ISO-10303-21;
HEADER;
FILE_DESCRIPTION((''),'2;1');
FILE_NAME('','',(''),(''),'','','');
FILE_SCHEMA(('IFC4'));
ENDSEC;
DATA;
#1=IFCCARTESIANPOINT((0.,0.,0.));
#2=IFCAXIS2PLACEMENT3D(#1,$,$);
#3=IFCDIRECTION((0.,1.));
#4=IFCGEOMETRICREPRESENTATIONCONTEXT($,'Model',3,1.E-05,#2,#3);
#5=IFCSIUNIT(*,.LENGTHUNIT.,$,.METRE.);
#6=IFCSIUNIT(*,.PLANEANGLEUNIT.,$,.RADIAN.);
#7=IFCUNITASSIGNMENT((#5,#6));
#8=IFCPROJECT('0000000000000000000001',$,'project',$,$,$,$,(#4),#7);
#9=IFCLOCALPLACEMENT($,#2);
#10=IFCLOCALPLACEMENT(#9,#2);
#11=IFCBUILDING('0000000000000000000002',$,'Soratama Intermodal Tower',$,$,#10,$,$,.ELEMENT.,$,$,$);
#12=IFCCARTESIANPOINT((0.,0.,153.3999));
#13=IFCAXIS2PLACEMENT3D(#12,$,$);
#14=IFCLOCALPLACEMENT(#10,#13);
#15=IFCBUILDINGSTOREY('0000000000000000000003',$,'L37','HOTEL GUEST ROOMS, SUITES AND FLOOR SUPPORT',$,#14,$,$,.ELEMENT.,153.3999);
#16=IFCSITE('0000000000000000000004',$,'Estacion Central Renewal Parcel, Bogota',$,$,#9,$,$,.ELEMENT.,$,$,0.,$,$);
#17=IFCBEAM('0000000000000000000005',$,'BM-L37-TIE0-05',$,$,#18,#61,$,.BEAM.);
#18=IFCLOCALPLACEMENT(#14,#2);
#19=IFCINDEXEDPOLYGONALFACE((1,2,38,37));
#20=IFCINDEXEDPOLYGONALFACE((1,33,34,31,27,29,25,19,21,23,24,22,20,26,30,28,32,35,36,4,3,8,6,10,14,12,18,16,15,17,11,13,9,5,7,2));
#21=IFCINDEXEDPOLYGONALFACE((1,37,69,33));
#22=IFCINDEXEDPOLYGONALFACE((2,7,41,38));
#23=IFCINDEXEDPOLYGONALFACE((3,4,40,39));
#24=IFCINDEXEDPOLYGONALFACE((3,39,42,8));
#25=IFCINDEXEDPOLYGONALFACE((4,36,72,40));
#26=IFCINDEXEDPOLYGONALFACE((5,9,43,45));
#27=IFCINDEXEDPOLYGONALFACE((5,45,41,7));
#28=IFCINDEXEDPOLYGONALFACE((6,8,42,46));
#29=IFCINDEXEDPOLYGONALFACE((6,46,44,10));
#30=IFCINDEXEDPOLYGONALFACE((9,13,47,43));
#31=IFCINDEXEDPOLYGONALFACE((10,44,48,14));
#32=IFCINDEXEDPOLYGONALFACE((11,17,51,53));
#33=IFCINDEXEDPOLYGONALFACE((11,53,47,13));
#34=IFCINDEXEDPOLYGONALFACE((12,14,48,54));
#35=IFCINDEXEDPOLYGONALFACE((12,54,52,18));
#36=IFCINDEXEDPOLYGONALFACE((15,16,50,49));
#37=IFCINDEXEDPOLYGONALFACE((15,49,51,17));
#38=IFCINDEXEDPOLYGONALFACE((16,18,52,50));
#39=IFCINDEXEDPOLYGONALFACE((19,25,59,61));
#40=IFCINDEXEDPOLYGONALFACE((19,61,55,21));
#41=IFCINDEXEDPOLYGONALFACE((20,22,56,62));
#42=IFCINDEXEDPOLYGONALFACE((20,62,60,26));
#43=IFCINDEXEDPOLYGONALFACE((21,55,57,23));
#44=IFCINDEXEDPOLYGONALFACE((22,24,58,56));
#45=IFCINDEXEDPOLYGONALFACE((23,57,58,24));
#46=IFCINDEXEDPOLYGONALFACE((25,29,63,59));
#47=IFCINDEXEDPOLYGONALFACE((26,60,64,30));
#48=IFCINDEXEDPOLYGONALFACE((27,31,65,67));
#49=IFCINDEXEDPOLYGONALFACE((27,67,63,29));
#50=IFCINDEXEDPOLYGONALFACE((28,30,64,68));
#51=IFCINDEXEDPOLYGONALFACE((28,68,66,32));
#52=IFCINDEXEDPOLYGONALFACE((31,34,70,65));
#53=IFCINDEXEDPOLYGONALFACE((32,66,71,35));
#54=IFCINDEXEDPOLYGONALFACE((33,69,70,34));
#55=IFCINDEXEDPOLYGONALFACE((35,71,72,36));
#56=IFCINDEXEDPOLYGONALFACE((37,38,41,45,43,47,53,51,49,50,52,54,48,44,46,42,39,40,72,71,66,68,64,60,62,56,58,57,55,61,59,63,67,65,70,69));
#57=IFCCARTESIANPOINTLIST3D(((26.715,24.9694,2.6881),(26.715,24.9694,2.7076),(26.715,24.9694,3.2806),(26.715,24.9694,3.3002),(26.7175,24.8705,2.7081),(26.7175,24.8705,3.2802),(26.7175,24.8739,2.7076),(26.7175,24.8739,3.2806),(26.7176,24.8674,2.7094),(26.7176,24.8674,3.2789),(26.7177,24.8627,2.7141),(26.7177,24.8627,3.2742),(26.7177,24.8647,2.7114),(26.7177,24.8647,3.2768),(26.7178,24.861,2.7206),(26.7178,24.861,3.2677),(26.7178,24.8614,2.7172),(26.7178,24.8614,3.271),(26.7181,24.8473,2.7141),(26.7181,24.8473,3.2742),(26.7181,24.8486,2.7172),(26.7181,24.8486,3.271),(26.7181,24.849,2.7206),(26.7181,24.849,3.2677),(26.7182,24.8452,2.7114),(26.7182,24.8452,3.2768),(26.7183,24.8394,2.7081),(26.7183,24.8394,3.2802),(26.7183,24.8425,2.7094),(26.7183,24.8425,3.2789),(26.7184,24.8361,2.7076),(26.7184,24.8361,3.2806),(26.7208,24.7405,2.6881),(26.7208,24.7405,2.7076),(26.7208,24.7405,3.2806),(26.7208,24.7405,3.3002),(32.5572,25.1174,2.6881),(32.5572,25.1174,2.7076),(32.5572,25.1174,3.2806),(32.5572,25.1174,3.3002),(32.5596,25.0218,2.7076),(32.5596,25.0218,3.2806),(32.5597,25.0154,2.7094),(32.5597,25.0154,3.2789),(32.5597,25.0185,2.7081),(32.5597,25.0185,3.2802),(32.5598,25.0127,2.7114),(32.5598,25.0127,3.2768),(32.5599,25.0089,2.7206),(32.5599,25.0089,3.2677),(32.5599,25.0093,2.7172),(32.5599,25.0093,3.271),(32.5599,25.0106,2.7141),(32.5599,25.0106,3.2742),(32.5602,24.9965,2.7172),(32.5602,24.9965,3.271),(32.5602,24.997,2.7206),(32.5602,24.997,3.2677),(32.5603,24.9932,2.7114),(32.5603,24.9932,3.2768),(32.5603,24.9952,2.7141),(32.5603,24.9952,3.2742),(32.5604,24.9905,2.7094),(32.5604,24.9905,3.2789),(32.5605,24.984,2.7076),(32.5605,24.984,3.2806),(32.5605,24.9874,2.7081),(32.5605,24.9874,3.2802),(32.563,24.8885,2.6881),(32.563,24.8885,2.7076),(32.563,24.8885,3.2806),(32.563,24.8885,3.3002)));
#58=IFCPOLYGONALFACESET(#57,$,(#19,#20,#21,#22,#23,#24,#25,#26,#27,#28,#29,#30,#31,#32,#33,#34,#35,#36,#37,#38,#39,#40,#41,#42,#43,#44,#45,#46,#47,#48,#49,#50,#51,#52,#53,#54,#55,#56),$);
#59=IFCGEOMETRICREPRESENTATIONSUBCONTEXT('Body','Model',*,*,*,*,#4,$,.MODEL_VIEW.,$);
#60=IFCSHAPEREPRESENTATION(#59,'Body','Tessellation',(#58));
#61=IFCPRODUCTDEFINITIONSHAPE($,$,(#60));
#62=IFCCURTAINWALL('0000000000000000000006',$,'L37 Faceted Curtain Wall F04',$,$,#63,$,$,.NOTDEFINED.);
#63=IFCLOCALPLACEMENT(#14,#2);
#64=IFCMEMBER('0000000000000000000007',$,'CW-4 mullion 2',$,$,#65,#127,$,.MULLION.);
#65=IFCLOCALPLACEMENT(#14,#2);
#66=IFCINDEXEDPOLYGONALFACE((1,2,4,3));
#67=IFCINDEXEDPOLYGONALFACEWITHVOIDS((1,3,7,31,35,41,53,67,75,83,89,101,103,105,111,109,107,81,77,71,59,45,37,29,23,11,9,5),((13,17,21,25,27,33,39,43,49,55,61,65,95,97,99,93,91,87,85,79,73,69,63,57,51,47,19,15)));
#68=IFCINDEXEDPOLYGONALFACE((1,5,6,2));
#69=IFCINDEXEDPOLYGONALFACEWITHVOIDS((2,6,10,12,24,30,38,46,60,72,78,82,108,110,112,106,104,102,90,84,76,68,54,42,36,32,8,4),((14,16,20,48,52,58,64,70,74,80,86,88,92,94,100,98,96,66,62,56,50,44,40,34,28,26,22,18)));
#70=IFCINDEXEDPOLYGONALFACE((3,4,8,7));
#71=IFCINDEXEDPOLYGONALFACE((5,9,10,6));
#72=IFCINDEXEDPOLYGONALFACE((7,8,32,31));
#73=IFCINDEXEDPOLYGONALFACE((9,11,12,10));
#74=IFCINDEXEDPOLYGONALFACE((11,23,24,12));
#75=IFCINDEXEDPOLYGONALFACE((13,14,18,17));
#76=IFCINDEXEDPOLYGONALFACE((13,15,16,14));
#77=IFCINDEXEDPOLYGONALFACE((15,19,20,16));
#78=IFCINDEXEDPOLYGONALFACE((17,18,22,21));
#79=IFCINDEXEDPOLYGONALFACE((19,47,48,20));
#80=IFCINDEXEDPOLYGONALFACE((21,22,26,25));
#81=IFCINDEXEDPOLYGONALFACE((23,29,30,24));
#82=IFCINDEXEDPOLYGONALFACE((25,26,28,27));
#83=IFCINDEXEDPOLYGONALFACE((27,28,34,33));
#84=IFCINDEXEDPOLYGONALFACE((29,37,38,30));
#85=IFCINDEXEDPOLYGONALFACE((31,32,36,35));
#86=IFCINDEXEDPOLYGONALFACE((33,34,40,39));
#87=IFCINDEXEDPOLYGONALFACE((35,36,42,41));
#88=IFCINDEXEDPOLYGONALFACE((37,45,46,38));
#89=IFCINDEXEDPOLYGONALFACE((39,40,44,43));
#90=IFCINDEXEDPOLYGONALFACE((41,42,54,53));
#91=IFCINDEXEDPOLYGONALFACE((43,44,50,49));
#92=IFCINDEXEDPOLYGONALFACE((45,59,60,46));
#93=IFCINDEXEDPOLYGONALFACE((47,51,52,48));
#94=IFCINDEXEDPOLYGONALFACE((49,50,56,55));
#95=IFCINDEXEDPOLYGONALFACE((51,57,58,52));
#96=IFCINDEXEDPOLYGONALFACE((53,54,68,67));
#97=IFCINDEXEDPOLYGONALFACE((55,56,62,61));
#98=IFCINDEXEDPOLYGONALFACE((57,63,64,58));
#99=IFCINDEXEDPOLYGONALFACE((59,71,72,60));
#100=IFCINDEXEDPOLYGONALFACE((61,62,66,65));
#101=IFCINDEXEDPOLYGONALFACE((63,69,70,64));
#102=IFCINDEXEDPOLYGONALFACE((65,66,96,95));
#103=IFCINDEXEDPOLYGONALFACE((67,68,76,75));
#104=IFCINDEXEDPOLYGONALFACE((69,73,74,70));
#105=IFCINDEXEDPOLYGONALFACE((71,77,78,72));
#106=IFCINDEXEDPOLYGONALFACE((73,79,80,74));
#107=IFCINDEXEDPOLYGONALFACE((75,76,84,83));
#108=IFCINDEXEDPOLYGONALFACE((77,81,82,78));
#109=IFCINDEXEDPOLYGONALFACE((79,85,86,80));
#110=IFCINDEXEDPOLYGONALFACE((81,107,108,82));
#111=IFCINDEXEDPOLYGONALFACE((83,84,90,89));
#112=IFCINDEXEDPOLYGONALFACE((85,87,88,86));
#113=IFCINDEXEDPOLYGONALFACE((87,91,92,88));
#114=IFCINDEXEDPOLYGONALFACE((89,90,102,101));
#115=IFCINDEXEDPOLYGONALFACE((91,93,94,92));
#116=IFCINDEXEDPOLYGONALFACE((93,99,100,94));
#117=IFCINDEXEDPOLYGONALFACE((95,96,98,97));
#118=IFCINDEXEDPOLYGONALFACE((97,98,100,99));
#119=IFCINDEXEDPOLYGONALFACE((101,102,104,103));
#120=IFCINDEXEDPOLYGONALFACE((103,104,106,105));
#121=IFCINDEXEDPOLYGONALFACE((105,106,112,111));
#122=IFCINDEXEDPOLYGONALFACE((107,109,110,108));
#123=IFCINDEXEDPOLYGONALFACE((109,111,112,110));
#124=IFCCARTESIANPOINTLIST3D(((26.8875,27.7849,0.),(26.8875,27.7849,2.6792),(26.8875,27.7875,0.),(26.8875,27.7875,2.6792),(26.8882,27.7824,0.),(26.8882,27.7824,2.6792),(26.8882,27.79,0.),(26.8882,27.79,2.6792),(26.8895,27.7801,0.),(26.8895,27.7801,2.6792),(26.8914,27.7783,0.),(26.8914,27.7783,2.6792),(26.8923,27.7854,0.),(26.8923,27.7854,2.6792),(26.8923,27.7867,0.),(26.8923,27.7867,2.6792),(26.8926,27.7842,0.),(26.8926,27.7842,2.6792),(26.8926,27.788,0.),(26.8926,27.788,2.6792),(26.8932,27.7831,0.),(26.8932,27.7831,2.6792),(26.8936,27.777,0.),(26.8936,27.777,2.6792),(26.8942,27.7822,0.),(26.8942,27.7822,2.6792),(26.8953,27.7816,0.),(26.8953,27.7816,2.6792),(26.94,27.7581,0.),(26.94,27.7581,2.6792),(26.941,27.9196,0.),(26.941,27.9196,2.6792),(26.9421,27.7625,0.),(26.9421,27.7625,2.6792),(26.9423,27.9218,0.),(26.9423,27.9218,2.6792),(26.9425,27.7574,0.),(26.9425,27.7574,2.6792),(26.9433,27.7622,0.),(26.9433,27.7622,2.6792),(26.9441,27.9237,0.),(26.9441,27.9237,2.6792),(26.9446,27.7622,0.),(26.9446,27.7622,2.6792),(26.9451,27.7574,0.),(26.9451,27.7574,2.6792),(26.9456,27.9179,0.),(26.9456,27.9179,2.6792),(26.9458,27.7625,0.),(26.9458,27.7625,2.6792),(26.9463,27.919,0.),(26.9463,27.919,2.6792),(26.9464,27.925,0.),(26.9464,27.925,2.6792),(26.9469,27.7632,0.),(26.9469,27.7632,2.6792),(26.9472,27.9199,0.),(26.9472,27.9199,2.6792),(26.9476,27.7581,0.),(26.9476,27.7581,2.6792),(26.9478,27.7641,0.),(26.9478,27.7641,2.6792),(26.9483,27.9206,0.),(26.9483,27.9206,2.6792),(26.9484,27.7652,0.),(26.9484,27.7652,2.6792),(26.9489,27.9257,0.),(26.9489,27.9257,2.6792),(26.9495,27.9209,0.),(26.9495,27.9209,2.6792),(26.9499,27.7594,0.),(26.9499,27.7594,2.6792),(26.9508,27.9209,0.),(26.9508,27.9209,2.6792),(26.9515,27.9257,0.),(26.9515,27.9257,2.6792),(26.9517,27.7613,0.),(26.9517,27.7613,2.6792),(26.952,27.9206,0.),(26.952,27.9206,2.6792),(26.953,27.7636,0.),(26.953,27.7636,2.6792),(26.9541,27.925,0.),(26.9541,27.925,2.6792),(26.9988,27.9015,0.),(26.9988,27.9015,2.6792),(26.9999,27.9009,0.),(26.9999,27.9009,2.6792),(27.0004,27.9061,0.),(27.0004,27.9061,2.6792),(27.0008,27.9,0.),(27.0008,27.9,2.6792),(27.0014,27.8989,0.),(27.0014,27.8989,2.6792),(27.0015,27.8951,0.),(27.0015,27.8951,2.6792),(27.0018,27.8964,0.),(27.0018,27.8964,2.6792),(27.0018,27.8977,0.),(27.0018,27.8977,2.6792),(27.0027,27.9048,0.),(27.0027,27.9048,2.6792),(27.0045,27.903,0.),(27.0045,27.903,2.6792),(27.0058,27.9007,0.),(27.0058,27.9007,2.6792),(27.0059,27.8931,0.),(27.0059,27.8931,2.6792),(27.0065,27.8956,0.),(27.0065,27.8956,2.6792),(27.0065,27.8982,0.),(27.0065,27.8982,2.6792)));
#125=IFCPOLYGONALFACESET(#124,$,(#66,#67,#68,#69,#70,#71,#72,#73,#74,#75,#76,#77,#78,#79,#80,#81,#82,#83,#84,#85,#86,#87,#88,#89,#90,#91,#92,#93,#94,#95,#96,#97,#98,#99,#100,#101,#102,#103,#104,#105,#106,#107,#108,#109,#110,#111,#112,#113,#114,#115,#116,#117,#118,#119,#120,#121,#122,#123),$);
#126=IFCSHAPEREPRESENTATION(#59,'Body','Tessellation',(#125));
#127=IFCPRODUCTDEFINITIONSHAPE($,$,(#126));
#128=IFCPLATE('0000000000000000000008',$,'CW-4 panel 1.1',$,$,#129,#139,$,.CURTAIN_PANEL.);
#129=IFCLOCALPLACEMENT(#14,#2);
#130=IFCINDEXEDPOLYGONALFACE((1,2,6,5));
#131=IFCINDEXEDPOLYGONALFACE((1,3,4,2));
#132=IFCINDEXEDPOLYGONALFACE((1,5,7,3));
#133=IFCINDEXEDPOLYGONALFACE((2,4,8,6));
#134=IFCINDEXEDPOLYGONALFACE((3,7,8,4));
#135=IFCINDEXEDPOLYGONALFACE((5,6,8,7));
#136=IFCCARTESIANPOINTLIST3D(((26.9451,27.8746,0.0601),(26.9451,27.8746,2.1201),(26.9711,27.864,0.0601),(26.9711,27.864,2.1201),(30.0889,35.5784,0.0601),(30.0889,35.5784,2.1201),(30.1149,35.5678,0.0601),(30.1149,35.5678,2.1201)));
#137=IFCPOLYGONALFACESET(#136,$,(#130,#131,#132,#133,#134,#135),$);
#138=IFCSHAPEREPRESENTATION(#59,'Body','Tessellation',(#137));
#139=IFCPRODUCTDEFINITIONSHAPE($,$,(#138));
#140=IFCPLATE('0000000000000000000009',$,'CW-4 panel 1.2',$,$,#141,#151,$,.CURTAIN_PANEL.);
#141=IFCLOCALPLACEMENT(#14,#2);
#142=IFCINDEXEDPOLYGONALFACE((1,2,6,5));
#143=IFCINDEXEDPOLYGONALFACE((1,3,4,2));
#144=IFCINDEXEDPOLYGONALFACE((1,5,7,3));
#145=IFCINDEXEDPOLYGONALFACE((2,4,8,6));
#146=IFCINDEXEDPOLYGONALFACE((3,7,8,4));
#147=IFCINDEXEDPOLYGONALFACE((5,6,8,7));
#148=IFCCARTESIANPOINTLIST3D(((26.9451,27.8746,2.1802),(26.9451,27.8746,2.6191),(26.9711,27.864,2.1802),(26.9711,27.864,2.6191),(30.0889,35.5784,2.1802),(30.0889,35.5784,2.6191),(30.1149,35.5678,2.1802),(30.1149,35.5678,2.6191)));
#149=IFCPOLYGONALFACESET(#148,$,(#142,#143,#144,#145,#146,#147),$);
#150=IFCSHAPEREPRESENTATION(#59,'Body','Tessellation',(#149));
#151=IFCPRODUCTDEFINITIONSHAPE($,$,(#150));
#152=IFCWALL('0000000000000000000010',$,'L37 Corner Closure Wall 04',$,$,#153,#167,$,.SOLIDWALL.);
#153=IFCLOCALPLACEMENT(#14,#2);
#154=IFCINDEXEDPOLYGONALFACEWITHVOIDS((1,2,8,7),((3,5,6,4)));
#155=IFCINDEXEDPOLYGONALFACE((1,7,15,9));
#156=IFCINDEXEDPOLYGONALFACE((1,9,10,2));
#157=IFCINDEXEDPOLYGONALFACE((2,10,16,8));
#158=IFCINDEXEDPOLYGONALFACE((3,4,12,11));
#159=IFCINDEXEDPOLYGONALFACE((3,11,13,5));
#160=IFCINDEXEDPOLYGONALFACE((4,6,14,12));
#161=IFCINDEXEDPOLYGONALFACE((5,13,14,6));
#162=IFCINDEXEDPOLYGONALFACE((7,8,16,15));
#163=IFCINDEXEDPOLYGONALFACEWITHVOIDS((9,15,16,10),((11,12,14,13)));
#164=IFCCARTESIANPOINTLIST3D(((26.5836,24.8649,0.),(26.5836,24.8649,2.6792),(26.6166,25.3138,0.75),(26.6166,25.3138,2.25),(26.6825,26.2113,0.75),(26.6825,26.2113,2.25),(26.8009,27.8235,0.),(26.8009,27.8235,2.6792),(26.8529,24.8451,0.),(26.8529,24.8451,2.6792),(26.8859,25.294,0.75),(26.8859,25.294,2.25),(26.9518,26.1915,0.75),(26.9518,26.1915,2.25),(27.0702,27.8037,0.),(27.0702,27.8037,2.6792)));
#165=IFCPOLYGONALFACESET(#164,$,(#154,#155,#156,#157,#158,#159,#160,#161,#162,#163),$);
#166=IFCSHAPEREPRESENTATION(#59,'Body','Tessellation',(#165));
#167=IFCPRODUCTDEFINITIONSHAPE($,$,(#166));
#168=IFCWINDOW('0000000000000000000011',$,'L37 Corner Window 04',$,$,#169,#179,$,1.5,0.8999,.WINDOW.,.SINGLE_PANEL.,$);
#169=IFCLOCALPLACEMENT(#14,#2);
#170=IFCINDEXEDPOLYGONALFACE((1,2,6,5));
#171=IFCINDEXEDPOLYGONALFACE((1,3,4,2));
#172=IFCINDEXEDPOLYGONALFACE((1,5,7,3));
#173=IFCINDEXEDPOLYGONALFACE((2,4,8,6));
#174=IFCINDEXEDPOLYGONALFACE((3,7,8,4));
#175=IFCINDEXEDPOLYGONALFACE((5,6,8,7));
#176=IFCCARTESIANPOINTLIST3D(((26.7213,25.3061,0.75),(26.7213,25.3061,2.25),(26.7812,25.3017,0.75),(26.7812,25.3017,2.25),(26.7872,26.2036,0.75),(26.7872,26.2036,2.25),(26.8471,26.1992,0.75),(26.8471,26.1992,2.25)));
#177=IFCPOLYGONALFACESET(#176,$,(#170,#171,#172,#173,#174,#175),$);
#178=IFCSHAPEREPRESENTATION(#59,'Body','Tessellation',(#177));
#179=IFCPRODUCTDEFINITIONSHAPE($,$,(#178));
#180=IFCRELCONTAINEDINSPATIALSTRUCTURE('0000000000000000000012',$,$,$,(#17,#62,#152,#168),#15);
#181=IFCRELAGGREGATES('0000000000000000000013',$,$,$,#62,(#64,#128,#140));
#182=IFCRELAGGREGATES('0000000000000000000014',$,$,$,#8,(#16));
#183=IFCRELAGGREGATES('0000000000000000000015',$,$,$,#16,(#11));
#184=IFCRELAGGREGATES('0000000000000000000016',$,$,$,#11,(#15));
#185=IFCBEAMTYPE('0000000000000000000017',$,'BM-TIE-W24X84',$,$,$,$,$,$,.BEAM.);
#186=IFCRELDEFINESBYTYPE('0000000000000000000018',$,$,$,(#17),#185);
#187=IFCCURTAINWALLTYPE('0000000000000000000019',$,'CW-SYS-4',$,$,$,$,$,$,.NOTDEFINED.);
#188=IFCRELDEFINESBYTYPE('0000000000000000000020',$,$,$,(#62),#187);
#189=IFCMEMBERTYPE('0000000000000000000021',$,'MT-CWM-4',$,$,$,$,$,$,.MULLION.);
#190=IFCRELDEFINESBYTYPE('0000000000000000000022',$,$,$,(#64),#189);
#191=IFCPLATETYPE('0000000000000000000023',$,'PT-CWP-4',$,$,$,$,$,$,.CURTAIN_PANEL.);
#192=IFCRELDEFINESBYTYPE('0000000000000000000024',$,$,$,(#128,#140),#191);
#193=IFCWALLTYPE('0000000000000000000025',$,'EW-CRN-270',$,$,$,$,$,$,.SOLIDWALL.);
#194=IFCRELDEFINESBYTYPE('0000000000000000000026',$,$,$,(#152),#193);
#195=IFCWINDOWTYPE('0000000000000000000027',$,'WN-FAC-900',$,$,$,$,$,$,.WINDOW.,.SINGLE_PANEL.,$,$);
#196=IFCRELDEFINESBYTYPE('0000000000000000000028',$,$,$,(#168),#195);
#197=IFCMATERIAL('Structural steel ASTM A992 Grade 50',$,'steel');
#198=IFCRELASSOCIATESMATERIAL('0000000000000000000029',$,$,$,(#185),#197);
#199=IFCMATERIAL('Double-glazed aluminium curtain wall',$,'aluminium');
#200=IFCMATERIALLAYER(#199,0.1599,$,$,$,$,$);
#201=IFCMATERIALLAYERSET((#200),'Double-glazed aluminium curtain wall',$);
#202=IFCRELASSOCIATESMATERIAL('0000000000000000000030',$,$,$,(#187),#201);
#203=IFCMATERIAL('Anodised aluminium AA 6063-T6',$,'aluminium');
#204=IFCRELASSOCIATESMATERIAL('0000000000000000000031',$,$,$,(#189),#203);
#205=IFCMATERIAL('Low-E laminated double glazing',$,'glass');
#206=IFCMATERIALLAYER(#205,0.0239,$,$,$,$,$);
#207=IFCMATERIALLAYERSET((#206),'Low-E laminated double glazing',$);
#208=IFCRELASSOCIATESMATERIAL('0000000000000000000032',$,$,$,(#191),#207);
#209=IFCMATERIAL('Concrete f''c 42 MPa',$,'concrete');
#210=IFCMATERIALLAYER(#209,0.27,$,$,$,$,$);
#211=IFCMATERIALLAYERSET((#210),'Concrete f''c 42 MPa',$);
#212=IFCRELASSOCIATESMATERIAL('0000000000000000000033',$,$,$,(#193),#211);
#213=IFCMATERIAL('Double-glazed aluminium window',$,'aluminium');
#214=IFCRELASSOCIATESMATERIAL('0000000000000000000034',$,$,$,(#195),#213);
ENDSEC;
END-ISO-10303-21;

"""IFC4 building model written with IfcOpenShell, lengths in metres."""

from ifc_helpers import new_model, si_unit, direction, frame, frame_2d, origin, origin_2d, place, context, subcontext, project, spatial, rectangle, hollow_rectangle, i_section, extrude, material, layer, layer_set, material_profile, profile_set, type_object, element, fill, aggregate, save


model = new_model("IFC4")

# Units and contexts
model_context = context("Model", 3, precision=1e-05, world=origin(), true_north=direction((0.0, 1.0)))
body_context = subcontext(model_context, "Body", "Model", "MODEL_VIEW")
ifc_project = project(units=[si_unit("LENGTHUNIT", "METRE"), si_unit("PLANEANGLEUNIT", "RADIAN")], contexts=[model_context])

# Site, building, storey
site_placement = place(None, origin())
site = spatial("IfcSite", under=ifc_project, at=site_placement, Name="Estacion Central Renewal Parcel, Bogota", CompositionType="ELEMENT", RefElevation=0.0)
building_placement = place(site_placement, origin())
building = spatial("IfcBuilding", under=site, at=building_placement, Name="Soratama Intermodal Tower", CompositionType="ELEMENT")
storey_placement = place(building_placement, frame((0.0, 0.0, 153.3999)))
storey = spatial("IfcBuildingStorey", under=building, at=storey_placement, Name="L37", Description="HOTEL GUEST ROOMS, SUITES AND FLOOR SUPPORT", CompositionType="ELEMENT", Elevation=153.3999)

# Beam
ifc_material_1 = material(Name="Structural steel ASTM A992 Grade 50", Category="steel")
ifc_material_profile_1 = material_profile(ifc_material_1, i_section(OverallWidth=0.229, OverallDepth=0.6121, WebThickness=0.012, FlangeThickness=0.0195, FilletRadius=0.0129, at=origin_2d()), Name="W24X84")
ifc_profile_set_1 = profile_set([ifc_material_profile_1], Name="Structural steel ASTM A992 Grade 50")
beam_type_1 = type_object("IfcBeamType", Name="BM-TIE-W24X84", PredefinedType="BEAM", material=ifc_profile_set_1)
beam_1_placement = place(storey_placement, frame((32.5601, 25.0029, 2.9941), z_axis=(-0.999679, -0.025317, 0.0), x_axis=(0.025317, -0.999679, 0.0)))
element("IfcBeam", 1, at=beam_1_placement, inside=storey, type_object=beam_type_1, Name="BM-L37-TIE0-05", PredefinedType="BEAM", context=body_context, shape_type="SweptSolid", body=[
    extrude(i_section(OverallWidth=0.229, OverallDepth=0.6121, WebThickness=0.012, FlangeThickness=0.0195, FilletRadius=0.0129, at=origin_2d()), origin(), (0.0, 0.0, 1.0), 5.844),
])

# Curtain wall, member, plates
ifc_material_2 = material(Name="Double-glazed aluminium curtain wall", Category="aluminium")
ifc_layer_1 = layer(ifc_material_2, 0.1599)
ifc_layer_set_1 = layer_set([ifc_layer_1], Name="Double-glazed aluminium curtain wall")
curtain_wall_type = type_object("IfcCurtainWallType", Name="CW-SYS-4", PredefinedType="NOTDEFINED", material=ifc_layer_set_1)
curtain_wall_placement = place(storey_placement, origin())
curtain_wall = element("IfcCurtainWall", 2, at=curtain_wall_placement, inside=storey, type_object=curtain_wall_type, Name="L37 Faceted Curtain Wall F04", PredefinedType="NOTDEFINED")
ifc_material_3 = material(Name="Anodised aluminium AA 6063-T6", Category="aluminium")
ifc_material_profile_2 = material_profile(ifc_material_3, hollow_rectangle(XDim=0.0701, YDim=0.1599, WallThickness=0.0049, InnerFilletRadius=0.0049, OuterFilletRadius=0.01, at=origin_2d()), Name="CWM160X70X5")
ifc_profile_set_2 = profile_set([ifc_material_profile_2], Name="Anodised aluminium AA 6063-T6")
member_type = type_object("IfcMemberType", Name="MT-CWM-4", PredefinedType="MULLION", material=ifc_profile_set_2)
member_placement = place(storey_placement, frame((26.947, 27.8416, 0.0), z_axis=(0.0, 0.0, 1.0), x_axis=(0.925873, -0.377835, 0.0)))
member = element("IfcMember", 3, at=member_placement, type_object=member_type, Name="CW-4 mullion 2", PredefinedType="MULLION", context=body_context, shape_type="SweptSolid", body=[
    extrude(hollow_rectangle(XDim=0.0701, YDim=0.1599, WallThickness=0.0049, InnerFilletRadius=0.0049, OuterFilletRadius=0.01, at=origin_2d()), origin(), (0.0, 0.0, 1.0), 2.6792),
])
ifc_material_4 = material(Name="Low-E laminated double glazing", Category="glass")
ifc_layer_2 = layer(ifc_material_4, 0.0239)
ifc_layer_set_2 = layer_set([ifc_layer_2], Name="Low-E laminated double glazing")
plate_type = type_object("IfcPlateType", Name="PT-CWP-4", PredefinedType="CURTAIN_PANEL", material=ifc_layer_set_2)
plate_1_placement = place(storey_placement, frame((28.53, 31.7212, 0.0601), z_axis=(0.0, 0.0, 1.0), x_axis=(-0.377835, -0.925873, 0.0)))
plate_1 = element("IfcPlate", 4, at=plate_1_placement, type_object=plate_type, Name="CW-4 panel 1.1", PredefinedType="CURTAIN_PANEL", context=body_context, shape_type="SweptSolid", body=[
    extrude(rectangle(XDim=8.3206, YDim=0.0281, at=origin_2d()), origin(), (0.0, 0.0, 1.0), 2.0601),
])
plate_2_placement = place(storey_placement, frame((28.53, 31.7212, 2.1802), z_axis=(0.0, 0.0, 1.0), x_axis=(-0.377835, -0.925873, 0.0)))
plate_2 = element("IfcPlate", 5, at=plate_2_placement, type_object=plate_type, Name="CW-4 panel 1.2", PredefinedType="CURTAIN_PANEL", context=body_context, shape_type="SweptSolid", body=[
    extrude(rectangle(XDim=8.3206, YDim=0.0281, at=origin_2d()), origin(), (0.0, 0.0, 1.0), 0.439),
])
aggregate(curtain_wall, [member, plate_1, plate_2])

# Wall, opening, window
ifc_material_5 = material(Name="Concrete f'c 42 MPa", Category="concrete")
ifc_layer_3 = layer(ifc_material_5, 0.27)
ifc_layer_set_3 = layer_set([ifc_layer_3], Name="Concrete f'c 42 MPa")
wall_type_1 = type_object("IfcWallType", Name="EW-CRN-270", PredefinedType="SOLIDWALL", material=ifc_layer_set_3)
wall_1_placement = place(storey_placement, frame((26.9355, 27.8137, 0.0), z_axis=(0.0, 0.0, 1.0), x_axis=(-0.073247, -0.997314, 0.0)))
wall_1 = element("IfcWall", 6, at=wall_1_placement, inside=storey, type_object=wall_type_1, Name="L37 Corner Closure Wall 04", PredefinedType="SOLIDWALL", context=body_context, shape_type="SweptSolid", body=[
    extrude(rectangle(XDim=2.9666, YDim=0.27, at=frame_2d((1.4834, 0.0))), origin(), (0.0, 0.0, 1.0), 2.6792),
])
opening_1_placement = place(wall_1_placement, frame((1.6167, 0.0, 0.75)))
opening_1 = element("IfcOpeningElement", 7, at=opening_1_placement, cuts=wall_1, PredefinedType="OPENING", context=body_context, shape_type="SweptSolid", body=[
    extrude(rectangle(XDim=0.8999, YDim=1.5, at=frame_2d((0.45, 0.75))), frame((0.0, 0.145, 0.0), z_axis=(0.0, -1.0, 0.0), x_axis=(1.0, 0.0, 0.0)), (0.0, 0.0, 1.0), 0.29),
])
ifc_material_6 = material(Name="Double-glazed aluminium window", Category="aluminium")
window_type_1 = type_object("IfcWindowType", Name="WN-FAC-900", PartitioningType="SINGLE_PANEL", PredefinedType="WINDOW", material=ifc_material_6)
window_1_placement = place(opening_1_placement, origin())
window_1 = element("IfcWindow", 8, at=window_1_placement, inside=storey, type_object=window_type_1, Name="L37 Corner Window 04", OverallHeight=1.5, OverallWidth=0.8999, PartitioningType="SINGLE_PANEL", PredefinedType="WINDOW", context=body_context, shape_type="SweptSolid", body=[
    extrude(rectangle(XDim=0.8999, YDim=1.5, at=frame_2d((0.45, 0.75))), frame((0.0, 0.03, 0.0), z_axis=(0.0, -1.0, 0.0), x_axis=(1.0, 0.0, 0.0)), (0.0, 0.0, 1.0), 0.0601),
])
fill(opening_1, window_1)

save(model, "model.ifc")
